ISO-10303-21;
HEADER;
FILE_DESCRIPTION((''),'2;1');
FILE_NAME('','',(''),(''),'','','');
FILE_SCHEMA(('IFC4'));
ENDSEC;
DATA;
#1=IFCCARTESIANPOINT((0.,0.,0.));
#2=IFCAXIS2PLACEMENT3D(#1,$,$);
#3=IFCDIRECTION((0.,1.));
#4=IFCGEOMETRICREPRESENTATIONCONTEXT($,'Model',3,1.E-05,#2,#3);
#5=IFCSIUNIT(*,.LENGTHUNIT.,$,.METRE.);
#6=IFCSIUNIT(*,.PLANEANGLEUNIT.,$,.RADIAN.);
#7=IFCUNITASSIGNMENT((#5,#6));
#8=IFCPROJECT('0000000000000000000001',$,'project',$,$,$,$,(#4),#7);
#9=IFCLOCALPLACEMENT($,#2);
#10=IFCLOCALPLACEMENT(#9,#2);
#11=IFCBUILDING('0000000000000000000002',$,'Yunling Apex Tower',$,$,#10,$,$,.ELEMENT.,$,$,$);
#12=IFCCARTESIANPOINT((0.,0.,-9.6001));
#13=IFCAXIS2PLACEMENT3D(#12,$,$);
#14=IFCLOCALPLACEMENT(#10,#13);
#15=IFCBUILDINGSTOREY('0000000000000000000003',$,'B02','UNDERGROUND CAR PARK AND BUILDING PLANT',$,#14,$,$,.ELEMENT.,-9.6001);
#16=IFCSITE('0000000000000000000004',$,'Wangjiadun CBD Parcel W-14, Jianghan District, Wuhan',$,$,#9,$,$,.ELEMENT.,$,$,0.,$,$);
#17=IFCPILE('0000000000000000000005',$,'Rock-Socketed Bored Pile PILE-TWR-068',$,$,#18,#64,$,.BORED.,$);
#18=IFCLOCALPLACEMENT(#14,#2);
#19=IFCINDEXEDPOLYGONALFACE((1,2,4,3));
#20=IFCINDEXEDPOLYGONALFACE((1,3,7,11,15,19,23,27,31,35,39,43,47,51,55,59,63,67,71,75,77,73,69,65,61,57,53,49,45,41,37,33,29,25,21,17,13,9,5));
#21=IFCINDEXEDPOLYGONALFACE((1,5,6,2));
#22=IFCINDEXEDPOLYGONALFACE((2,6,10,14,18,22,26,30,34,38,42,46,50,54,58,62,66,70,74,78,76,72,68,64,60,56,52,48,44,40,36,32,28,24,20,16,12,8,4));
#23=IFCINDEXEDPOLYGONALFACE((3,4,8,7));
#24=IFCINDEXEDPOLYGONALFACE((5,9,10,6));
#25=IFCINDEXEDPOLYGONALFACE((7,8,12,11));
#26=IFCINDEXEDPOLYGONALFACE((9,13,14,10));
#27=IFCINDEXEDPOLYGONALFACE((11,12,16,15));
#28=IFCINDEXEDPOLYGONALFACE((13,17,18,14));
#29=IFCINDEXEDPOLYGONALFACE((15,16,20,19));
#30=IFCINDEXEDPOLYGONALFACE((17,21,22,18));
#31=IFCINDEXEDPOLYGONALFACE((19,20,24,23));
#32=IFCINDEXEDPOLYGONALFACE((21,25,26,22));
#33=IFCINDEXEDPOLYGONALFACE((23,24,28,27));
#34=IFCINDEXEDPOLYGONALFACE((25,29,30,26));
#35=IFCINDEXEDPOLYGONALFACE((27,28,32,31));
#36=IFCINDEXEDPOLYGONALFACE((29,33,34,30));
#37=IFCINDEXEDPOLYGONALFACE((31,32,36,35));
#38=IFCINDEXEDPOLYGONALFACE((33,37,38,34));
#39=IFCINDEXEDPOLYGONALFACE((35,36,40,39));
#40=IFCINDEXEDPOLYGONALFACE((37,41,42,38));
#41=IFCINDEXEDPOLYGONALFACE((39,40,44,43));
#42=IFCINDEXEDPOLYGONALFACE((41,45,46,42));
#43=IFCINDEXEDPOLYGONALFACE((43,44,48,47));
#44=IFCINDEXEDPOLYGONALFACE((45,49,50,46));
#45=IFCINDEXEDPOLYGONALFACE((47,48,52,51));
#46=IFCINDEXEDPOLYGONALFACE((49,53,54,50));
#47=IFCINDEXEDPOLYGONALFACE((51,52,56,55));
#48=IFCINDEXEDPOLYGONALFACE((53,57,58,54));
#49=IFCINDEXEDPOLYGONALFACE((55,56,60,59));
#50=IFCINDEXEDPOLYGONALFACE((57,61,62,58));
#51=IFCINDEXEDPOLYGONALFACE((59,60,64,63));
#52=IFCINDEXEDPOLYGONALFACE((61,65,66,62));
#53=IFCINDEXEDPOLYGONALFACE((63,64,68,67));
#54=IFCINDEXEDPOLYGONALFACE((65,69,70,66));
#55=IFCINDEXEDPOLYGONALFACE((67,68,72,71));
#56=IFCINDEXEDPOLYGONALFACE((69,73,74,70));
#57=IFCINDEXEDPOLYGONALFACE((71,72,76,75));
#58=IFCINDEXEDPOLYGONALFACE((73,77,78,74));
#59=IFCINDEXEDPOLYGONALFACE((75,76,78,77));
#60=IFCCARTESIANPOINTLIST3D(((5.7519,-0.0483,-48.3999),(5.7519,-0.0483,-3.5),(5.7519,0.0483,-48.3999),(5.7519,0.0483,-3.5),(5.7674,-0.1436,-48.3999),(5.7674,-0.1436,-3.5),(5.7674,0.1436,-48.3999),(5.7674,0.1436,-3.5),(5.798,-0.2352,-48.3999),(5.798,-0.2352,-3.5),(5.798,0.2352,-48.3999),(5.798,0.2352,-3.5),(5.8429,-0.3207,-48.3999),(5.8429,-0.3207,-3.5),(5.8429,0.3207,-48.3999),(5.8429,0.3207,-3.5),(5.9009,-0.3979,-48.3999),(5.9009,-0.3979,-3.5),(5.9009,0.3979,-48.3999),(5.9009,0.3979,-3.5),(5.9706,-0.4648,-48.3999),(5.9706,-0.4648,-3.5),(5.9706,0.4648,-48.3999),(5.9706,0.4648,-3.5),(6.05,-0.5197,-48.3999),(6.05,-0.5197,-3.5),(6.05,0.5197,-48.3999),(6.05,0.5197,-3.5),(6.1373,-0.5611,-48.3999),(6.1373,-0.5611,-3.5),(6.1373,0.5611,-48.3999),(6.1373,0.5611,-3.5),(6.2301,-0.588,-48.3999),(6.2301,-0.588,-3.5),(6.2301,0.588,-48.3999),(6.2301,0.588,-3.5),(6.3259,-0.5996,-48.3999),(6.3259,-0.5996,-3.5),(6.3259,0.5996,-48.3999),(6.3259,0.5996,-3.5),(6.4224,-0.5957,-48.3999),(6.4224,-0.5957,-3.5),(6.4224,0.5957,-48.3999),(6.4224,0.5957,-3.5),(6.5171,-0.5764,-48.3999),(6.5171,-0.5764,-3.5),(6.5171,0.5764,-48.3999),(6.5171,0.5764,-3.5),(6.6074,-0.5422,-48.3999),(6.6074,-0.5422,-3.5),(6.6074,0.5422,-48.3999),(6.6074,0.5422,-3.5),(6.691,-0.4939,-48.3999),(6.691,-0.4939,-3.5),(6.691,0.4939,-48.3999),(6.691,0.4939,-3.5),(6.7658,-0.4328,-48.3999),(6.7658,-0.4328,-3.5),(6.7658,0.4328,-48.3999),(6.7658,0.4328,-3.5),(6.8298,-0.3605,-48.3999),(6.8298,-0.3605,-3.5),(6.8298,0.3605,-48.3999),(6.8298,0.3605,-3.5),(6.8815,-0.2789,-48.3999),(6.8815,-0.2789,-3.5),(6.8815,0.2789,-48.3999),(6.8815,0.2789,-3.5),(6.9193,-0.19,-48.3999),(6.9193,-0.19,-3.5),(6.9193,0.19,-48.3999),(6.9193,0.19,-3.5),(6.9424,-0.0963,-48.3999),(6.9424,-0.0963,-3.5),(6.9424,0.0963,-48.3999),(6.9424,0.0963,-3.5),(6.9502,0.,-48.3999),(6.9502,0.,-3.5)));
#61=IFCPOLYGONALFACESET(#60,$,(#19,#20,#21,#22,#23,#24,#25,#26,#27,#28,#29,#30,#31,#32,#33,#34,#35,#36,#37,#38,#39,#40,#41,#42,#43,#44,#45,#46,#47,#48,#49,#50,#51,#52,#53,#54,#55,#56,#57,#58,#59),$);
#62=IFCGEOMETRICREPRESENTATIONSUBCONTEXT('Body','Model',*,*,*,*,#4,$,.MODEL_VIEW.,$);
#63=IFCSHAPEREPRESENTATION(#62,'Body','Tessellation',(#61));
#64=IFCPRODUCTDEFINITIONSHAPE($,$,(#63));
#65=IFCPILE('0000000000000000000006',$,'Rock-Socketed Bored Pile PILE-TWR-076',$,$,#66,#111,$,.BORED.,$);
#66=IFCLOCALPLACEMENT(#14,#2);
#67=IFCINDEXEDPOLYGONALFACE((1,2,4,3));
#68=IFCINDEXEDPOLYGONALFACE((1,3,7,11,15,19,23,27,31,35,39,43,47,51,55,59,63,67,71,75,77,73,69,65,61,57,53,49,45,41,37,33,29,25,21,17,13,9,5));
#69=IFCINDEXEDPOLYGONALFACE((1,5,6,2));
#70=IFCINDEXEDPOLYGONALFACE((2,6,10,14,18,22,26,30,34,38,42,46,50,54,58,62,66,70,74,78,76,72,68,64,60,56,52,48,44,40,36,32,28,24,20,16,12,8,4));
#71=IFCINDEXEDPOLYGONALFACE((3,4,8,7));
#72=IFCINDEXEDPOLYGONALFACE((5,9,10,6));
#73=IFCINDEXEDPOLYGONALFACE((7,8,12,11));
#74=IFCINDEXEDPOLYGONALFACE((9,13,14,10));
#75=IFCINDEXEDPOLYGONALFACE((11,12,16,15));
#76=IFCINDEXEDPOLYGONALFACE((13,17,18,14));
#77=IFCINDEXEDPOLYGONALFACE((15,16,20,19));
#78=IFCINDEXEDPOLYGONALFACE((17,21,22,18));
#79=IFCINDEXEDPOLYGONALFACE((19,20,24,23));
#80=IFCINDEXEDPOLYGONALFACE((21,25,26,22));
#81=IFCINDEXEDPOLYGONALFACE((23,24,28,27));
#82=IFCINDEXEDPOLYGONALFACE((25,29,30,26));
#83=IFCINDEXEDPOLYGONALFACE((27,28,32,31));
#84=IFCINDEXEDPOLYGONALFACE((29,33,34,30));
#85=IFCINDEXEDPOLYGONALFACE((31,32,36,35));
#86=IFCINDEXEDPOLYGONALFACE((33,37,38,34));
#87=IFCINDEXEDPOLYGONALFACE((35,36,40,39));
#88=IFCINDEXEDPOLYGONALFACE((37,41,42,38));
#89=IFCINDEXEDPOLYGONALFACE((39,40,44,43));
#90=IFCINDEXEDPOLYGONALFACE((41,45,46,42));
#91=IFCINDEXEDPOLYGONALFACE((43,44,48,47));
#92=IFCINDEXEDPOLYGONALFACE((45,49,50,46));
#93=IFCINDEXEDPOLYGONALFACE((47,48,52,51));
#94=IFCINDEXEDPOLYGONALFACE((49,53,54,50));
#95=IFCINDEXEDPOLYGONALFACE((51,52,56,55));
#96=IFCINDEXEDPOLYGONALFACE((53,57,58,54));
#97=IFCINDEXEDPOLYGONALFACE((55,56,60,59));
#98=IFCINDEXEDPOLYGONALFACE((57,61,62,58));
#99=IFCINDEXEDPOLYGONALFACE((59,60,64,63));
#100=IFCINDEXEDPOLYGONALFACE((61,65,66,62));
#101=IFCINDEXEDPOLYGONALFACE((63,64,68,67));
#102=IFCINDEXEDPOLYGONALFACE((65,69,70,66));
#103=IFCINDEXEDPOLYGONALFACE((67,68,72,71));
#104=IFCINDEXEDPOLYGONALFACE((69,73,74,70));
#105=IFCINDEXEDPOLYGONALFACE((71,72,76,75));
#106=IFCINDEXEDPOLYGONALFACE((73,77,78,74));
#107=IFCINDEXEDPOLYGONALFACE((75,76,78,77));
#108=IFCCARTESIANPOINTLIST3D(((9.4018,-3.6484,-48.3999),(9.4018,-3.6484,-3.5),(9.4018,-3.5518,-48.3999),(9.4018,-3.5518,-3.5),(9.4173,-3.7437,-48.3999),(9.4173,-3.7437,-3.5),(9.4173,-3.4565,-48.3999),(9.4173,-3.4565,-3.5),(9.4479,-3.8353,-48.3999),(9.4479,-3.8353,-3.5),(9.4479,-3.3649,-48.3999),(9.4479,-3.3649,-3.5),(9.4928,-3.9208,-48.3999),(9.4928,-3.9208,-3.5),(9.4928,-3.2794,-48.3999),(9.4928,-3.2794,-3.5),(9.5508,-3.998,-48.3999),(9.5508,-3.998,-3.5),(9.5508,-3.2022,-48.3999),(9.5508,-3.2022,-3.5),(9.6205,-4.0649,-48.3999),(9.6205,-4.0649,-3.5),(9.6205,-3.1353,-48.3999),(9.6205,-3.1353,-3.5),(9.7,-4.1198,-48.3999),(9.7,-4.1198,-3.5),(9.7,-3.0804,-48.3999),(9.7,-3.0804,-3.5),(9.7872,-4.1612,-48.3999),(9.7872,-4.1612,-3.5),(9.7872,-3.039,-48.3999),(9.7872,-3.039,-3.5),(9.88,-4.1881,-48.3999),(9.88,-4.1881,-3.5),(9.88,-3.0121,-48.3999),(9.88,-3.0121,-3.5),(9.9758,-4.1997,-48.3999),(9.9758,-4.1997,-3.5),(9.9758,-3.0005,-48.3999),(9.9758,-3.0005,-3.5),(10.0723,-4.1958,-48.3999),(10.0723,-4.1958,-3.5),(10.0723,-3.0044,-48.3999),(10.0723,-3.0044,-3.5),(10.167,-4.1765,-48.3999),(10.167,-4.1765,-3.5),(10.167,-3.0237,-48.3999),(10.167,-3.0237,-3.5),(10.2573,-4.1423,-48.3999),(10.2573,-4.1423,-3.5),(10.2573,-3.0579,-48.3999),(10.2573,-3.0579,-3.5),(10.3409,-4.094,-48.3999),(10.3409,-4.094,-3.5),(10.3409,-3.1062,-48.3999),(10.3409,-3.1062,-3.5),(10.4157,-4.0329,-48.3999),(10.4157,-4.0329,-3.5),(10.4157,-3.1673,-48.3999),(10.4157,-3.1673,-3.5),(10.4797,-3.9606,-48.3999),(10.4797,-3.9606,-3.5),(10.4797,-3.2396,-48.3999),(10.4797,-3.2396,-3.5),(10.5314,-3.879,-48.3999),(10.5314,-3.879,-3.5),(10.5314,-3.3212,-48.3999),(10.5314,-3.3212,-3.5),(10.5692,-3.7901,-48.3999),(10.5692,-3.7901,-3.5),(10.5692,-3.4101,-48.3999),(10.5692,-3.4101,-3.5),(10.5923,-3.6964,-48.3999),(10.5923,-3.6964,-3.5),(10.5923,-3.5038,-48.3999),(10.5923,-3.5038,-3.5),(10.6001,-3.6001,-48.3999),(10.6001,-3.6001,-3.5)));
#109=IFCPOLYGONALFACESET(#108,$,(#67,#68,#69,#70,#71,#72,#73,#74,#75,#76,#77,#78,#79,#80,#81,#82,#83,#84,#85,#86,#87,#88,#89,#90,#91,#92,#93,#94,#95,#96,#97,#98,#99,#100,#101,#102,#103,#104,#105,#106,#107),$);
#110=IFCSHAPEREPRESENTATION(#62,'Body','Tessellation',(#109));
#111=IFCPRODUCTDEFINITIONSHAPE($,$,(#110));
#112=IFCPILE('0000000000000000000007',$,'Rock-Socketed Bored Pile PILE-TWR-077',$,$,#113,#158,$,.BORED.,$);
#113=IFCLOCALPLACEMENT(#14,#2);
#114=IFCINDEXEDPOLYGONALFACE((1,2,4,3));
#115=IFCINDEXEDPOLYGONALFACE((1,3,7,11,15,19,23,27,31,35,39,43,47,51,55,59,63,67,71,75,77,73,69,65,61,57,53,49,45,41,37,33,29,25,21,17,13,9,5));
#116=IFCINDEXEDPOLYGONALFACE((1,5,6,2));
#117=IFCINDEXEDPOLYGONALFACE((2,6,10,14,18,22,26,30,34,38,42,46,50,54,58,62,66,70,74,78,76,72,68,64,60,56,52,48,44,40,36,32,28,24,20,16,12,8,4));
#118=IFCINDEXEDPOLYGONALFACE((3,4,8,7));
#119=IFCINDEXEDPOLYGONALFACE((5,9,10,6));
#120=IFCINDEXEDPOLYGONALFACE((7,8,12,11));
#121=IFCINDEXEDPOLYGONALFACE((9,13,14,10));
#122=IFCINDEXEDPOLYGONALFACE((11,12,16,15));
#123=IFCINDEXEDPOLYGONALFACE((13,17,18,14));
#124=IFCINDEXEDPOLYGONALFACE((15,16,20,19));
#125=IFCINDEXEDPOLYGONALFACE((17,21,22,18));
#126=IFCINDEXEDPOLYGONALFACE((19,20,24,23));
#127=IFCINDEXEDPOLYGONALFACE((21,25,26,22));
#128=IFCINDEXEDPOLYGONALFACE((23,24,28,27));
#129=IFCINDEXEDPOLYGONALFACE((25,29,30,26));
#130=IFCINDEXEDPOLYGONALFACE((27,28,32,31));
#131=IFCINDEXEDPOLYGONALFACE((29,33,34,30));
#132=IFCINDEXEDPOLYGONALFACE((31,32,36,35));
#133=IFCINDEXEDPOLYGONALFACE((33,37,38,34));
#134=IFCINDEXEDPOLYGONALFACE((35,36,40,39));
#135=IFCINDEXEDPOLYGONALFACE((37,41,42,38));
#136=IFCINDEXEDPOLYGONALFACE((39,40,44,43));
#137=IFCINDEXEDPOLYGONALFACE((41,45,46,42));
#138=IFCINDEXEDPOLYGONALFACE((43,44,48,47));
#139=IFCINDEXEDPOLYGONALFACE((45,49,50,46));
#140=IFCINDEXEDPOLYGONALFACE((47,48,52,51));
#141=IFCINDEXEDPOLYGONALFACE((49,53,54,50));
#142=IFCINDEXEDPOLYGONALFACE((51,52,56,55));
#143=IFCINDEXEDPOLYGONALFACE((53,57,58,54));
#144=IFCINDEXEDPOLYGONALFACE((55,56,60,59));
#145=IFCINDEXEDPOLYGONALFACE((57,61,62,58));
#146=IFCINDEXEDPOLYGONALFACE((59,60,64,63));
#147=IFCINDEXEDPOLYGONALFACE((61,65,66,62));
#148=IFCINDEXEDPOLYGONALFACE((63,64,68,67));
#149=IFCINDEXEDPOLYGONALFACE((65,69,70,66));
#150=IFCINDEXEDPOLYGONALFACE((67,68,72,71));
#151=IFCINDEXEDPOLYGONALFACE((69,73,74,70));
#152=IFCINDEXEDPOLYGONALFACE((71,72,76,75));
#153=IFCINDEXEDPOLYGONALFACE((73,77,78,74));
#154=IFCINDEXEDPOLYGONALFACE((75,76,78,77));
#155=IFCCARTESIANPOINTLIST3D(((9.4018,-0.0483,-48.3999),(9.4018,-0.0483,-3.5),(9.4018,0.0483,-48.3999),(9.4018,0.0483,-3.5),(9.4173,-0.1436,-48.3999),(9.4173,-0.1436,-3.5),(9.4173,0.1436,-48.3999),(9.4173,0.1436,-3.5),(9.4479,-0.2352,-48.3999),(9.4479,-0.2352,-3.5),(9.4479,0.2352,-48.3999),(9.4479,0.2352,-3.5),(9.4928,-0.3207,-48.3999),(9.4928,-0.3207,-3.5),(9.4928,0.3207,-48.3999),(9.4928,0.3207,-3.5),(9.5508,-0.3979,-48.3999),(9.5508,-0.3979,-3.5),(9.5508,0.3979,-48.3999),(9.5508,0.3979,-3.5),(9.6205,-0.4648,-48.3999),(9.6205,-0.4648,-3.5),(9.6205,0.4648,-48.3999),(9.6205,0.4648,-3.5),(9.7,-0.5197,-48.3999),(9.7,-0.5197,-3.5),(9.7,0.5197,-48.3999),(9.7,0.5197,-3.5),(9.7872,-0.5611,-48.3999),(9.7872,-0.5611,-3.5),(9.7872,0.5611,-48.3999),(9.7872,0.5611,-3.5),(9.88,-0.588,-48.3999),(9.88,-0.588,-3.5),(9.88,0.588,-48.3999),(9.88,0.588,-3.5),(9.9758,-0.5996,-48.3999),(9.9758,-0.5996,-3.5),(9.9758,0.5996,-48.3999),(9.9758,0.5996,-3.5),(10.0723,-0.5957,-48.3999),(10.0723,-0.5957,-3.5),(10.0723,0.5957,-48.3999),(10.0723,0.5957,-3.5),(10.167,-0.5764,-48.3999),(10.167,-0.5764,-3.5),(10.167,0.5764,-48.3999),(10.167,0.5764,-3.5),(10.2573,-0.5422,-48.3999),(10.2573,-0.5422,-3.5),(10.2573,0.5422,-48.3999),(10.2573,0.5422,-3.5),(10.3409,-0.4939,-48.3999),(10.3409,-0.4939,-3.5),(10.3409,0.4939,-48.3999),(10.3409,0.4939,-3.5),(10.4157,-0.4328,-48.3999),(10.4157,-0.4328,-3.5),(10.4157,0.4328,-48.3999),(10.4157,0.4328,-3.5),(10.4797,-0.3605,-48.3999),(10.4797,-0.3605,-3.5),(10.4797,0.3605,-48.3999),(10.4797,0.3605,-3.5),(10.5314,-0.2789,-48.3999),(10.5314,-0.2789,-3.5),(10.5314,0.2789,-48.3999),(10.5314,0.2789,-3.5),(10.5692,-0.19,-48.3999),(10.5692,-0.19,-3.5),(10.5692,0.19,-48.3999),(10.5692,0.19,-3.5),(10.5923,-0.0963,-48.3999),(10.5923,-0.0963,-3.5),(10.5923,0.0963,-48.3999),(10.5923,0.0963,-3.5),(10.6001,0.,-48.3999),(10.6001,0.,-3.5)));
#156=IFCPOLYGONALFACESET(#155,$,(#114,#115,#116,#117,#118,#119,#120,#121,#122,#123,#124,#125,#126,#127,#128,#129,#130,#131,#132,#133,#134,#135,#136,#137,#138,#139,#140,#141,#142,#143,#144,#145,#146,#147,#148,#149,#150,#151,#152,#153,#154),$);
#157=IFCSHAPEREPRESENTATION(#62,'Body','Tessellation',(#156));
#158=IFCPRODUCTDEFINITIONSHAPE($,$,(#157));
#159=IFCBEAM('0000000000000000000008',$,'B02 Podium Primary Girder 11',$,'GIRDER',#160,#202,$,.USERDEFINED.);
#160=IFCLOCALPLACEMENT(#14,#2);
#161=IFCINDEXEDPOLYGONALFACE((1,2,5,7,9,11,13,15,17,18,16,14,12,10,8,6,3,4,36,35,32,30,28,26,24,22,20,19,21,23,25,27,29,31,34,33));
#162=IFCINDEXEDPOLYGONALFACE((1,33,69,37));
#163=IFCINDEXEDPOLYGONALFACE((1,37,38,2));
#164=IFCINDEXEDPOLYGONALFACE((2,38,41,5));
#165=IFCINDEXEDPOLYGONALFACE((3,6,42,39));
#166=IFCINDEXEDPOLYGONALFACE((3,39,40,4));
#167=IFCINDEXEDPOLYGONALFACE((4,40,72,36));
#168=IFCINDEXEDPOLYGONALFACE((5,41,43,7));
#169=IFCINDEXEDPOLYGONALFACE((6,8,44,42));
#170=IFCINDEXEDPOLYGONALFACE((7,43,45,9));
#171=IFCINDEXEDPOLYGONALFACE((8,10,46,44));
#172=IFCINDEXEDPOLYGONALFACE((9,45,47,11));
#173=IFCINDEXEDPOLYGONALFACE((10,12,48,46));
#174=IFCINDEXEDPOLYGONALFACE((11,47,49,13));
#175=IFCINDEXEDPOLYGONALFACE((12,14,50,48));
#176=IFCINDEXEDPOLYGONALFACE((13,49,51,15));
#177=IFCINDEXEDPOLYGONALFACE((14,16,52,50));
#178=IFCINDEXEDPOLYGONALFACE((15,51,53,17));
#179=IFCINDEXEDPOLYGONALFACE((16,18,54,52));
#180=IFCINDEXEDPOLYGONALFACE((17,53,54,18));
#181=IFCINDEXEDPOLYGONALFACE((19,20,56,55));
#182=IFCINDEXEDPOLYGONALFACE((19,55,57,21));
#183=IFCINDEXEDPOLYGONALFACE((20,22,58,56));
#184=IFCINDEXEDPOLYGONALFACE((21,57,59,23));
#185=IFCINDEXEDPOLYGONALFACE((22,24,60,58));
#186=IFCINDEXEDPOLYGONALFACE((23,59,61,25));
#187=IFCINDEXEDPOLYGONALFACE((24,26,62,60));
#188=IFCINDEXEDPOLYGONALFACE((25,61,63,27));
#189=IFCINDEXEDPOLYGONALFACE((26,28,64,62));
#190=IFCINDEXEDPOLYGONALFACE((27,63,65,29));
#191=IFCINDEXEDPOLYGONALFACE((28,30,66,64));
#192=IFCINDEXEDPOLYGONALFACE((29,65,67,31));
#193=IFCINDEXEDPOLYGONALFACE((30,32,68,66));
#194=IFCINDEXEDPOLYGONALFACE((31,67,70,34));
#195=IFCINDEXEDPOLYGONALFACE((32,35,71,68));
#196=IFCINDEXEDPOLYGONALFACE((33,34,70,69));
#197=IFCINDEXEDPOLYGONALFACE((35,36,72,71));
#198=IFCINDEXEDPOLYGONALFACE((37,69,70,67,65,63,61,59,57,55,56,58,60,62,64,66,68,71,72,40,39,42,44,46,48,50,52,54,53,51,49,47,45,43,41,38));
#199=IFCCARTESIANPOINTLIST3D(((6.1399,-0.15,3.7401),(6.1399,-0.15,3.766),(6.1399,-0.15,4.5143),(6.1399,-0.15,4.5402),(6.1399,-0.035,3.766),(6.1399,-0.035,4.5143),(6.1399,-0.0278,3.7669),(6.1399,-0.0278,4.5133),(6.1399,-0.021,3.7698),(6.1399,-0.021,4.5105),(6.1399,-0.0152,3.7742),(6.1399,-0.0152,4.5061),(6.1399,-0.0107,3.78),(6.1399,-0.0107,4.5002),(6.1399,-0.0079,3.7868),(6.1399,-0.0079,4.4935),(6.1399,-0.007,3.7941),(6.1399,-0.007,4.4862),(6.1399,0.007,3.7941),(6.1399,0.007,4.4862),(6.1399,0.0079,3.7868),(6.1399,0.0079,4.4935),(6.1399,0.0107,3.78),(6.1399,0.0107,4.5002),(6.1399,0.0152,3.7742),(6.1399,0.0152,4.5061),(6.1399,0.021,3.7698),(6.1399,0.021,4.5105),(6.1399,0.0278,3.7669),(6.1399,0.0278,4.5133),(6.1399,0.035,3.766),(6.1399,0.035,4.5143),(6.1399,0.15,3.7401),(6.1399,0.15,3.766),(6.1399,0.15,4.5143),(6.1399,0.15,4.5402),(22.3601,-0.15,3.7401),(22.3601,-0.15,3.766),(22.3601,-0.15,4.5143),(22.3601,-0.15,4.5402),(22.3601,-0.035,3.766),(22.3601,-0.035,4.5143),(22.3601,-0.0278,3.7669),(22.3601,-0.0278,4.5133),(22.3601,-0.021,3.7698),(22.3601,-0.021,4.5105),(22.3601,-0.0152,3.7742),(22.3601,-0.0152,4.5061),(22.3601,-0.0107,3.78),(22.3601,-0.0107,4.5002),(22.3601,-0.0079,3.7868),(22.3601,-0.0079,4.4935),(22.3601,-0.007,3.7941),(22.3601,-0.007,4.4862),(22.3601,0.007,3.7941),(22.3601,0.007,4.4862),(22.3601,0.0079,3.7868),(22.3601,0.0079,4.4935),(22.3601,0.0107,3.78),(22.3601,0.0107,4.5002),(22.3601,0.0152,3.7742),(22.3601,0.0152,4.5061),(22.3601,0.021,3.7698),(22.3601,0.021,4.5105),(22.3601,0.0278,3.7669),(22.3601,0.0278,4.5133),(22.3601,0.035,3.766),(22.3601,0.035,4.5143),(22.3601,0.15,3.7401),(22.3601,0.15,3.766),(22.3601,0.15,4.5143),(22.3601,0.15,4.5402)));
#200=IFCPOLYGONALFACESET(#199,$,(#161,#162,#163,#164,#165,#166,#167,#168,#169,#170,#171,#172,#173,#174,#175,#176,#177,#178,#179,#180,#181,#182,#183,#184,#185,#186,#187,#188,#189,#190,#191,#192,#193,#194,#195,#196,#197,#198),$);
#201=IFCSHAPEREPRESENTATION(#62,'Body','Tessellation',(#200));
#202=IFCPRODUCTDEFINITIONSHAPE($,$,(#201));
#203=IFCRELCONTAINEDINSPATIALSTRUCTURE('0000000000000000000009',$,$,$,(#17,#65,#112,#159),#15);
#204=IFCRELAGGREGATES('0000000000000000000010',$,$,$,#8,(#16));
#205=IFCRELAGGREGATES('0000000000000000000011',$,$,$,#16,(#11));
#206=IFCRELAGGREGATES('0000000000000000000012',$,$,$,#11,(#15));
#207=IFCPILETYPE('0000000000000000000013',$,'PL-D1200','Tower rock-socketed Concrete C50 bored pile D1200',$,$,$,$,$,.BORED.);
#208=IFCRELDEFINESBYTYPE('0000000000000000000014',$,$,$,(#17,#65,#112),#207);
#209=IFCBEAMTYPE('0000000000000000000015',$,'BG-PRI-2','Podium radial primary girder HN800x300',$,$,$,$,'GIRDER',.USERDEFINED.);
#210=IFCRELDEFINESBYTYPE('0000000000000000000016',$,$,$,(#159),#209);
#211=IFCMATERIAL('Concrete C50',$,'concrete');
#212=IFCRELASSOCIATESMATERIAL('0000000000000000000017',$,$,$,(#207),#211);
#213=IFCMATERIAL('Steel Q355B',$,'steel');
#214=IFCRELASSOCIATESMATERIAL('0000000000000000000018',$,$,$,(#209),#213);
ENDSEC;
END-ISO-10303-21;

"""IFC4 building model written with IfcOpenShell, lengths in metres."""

from ifc_helpers import new_model, si_unit, direction, frame, origin, origin_2d, place, context, subcontext, project, spatial, circle, i_section, extrude, source, transform, mapped, material, material_profile, profile_set, type_object, element, save


model = new_model("IFC4")

# Units and contexts
model_context = context("Model", 3, precision=1e-05, world=origin(), true_north=direction((0.0, 1.0)))
body_context = subcontext(model_context, "Body", "Model", "MODEL_VIEW")
ifc_project = project(units=[si_unit("LENGTHUNIT", "METRE"), si_unit("PLANEANGLEUNIT", "RADIAN")], contexts=[model_context])

# Site, building, storey
site_placement = place(None, origin())
site = spatial("IfcSite", under=ifc_project, at=site_placement, Name="Wangjiadun CBD Parcel W-14, Jianghan District, Wuhan", CompositionType="ELEMENT", RefElevation=0.0)
building_placement = place(site_placement, origin())
building = spatial("IfcBuilding", under=site, at=building_placement, Name="Yunling Apex Tower", CompositionType="ELEMENT")
storey_placement = place(building_placement, frame((0.0, 0.0, -9.6001)))
storey = spatial("IfcBuildingStorey", under=building, at=storey_placement, Name="B02", Description="UNDERGROUND CAR PARK AND BUILDING PLANT", CompositionType="ELEMENT", Elevation=-9.6001)

# Shared definitions
ifc_material_1 = material(Name="Concrete C50", Category="concrete")

# Piles
ifc_material_profile_1 = material_profile(ifc_material_1, circle(Radius=0.6001, at=origin_2d()))
ifc_profile_set_1 = profile_set([ifc_material_profile_1], Name="Concrete C50")
pile_type = type_object("IfcPileType", Name="PL-D1200", Description="Tower rock-socketed Concrete C50 bored pile D1200", PredefinedType="BORED", material=ifc_profile_set_1)
shared_shape_1 = source(origin(), body_context, "Body", "SweptSolid", [
    extrude(circle(Radius=0.6001, at=origin_2d()), origin(), (0.0, 0.0, 1.0), 44.8999),
])
for number, where, z_axis, x_axis, name in (
    (1, (6.3501, 0.0, -3.5), (0.0, 0.0, -1.0), (1.0, 0.0, 0.0), "Rock-Socketed Bored Pile PILE-TWR-068"),
    (2, (10.0, -3.6001, -3.5), (0.0, 0.0, -1.0), (1.0, 0.0, 0.0), "Rock-Socketed Bored Pile PILE-TWR-076"),
    (3, (10.0, 0.0, -3.5), (0.0, 0.0, -1.0), (1.0, 0.0, 0.0), "Rock-Socketed Bored Pile PILE-TWR-077"),
):
    element("IfcPile", number, at=place(storey_placement, frame(where, z_axis=z_axis, x_axis=x_axis)), inside=storey, type_object=pile_type, Name=name, PredefinedType="BORED", context=body_context, shape_type="MappedRepresentation", body=[
        mapped(shared_shape_1, transform((0.0, 0.0, 0.0), scale=1.0)),
    ])

# Beam
ifc_material_2 = material(Name="Steel Q355B", Category="steel")
ifc_material_profile_2 = material_profile(ifc_material_2, i_section(OverallWidth=0.3, OverallDepth=0.8, WebThickness=0.0139, FlangeThickness=0.0259, FilletRadius=0.0281, at=origin_2d()))
ifc_profile_set_2 = profile_set([ifc_material_profile_2], Name="Steel Q355B")
beam_type = type_object("IfcBeamType", Name="BG-PRI-2", Description="Podium radial primary girder HN800x300", ElementType="GIRDER", PredefinedType="USERDEFINED", material=ifc_profile_set_2)
shared_shape_2 = source(origin(), body_context, "Body", "SweptSolid", [
    extrude(i_section(OverallWidth=0.3, OverallDepth=0.8, WebThickness=0.0139, FlangeThickness=0.0259, FilletRadius=0.0281, at=origin_2d()), origin(), (0.0, 0.0, 1.0), 16.2202),
])
beam_placement = place(storey_placement, frame((6.1399, 0.0, 4.1401), z_axis=(1.0, 0.0, 0.0), x_axis=(0.0, 1.0, 0.0)))
element("IfcBeam", 4, at=beam_placement, inside=storey, type_object=beam_type, Name="B02 Podium Primary Girder 11", ObjectType="GIRDER", PredefinedType="USERDEFINED", context=body_context, shape_type="MappedRepresentation", body=[
    mapped(shared_shape_2, transform((0.0, 0.0, 0.0), scale=1.0)),
])

save(model, "model.ifc")
